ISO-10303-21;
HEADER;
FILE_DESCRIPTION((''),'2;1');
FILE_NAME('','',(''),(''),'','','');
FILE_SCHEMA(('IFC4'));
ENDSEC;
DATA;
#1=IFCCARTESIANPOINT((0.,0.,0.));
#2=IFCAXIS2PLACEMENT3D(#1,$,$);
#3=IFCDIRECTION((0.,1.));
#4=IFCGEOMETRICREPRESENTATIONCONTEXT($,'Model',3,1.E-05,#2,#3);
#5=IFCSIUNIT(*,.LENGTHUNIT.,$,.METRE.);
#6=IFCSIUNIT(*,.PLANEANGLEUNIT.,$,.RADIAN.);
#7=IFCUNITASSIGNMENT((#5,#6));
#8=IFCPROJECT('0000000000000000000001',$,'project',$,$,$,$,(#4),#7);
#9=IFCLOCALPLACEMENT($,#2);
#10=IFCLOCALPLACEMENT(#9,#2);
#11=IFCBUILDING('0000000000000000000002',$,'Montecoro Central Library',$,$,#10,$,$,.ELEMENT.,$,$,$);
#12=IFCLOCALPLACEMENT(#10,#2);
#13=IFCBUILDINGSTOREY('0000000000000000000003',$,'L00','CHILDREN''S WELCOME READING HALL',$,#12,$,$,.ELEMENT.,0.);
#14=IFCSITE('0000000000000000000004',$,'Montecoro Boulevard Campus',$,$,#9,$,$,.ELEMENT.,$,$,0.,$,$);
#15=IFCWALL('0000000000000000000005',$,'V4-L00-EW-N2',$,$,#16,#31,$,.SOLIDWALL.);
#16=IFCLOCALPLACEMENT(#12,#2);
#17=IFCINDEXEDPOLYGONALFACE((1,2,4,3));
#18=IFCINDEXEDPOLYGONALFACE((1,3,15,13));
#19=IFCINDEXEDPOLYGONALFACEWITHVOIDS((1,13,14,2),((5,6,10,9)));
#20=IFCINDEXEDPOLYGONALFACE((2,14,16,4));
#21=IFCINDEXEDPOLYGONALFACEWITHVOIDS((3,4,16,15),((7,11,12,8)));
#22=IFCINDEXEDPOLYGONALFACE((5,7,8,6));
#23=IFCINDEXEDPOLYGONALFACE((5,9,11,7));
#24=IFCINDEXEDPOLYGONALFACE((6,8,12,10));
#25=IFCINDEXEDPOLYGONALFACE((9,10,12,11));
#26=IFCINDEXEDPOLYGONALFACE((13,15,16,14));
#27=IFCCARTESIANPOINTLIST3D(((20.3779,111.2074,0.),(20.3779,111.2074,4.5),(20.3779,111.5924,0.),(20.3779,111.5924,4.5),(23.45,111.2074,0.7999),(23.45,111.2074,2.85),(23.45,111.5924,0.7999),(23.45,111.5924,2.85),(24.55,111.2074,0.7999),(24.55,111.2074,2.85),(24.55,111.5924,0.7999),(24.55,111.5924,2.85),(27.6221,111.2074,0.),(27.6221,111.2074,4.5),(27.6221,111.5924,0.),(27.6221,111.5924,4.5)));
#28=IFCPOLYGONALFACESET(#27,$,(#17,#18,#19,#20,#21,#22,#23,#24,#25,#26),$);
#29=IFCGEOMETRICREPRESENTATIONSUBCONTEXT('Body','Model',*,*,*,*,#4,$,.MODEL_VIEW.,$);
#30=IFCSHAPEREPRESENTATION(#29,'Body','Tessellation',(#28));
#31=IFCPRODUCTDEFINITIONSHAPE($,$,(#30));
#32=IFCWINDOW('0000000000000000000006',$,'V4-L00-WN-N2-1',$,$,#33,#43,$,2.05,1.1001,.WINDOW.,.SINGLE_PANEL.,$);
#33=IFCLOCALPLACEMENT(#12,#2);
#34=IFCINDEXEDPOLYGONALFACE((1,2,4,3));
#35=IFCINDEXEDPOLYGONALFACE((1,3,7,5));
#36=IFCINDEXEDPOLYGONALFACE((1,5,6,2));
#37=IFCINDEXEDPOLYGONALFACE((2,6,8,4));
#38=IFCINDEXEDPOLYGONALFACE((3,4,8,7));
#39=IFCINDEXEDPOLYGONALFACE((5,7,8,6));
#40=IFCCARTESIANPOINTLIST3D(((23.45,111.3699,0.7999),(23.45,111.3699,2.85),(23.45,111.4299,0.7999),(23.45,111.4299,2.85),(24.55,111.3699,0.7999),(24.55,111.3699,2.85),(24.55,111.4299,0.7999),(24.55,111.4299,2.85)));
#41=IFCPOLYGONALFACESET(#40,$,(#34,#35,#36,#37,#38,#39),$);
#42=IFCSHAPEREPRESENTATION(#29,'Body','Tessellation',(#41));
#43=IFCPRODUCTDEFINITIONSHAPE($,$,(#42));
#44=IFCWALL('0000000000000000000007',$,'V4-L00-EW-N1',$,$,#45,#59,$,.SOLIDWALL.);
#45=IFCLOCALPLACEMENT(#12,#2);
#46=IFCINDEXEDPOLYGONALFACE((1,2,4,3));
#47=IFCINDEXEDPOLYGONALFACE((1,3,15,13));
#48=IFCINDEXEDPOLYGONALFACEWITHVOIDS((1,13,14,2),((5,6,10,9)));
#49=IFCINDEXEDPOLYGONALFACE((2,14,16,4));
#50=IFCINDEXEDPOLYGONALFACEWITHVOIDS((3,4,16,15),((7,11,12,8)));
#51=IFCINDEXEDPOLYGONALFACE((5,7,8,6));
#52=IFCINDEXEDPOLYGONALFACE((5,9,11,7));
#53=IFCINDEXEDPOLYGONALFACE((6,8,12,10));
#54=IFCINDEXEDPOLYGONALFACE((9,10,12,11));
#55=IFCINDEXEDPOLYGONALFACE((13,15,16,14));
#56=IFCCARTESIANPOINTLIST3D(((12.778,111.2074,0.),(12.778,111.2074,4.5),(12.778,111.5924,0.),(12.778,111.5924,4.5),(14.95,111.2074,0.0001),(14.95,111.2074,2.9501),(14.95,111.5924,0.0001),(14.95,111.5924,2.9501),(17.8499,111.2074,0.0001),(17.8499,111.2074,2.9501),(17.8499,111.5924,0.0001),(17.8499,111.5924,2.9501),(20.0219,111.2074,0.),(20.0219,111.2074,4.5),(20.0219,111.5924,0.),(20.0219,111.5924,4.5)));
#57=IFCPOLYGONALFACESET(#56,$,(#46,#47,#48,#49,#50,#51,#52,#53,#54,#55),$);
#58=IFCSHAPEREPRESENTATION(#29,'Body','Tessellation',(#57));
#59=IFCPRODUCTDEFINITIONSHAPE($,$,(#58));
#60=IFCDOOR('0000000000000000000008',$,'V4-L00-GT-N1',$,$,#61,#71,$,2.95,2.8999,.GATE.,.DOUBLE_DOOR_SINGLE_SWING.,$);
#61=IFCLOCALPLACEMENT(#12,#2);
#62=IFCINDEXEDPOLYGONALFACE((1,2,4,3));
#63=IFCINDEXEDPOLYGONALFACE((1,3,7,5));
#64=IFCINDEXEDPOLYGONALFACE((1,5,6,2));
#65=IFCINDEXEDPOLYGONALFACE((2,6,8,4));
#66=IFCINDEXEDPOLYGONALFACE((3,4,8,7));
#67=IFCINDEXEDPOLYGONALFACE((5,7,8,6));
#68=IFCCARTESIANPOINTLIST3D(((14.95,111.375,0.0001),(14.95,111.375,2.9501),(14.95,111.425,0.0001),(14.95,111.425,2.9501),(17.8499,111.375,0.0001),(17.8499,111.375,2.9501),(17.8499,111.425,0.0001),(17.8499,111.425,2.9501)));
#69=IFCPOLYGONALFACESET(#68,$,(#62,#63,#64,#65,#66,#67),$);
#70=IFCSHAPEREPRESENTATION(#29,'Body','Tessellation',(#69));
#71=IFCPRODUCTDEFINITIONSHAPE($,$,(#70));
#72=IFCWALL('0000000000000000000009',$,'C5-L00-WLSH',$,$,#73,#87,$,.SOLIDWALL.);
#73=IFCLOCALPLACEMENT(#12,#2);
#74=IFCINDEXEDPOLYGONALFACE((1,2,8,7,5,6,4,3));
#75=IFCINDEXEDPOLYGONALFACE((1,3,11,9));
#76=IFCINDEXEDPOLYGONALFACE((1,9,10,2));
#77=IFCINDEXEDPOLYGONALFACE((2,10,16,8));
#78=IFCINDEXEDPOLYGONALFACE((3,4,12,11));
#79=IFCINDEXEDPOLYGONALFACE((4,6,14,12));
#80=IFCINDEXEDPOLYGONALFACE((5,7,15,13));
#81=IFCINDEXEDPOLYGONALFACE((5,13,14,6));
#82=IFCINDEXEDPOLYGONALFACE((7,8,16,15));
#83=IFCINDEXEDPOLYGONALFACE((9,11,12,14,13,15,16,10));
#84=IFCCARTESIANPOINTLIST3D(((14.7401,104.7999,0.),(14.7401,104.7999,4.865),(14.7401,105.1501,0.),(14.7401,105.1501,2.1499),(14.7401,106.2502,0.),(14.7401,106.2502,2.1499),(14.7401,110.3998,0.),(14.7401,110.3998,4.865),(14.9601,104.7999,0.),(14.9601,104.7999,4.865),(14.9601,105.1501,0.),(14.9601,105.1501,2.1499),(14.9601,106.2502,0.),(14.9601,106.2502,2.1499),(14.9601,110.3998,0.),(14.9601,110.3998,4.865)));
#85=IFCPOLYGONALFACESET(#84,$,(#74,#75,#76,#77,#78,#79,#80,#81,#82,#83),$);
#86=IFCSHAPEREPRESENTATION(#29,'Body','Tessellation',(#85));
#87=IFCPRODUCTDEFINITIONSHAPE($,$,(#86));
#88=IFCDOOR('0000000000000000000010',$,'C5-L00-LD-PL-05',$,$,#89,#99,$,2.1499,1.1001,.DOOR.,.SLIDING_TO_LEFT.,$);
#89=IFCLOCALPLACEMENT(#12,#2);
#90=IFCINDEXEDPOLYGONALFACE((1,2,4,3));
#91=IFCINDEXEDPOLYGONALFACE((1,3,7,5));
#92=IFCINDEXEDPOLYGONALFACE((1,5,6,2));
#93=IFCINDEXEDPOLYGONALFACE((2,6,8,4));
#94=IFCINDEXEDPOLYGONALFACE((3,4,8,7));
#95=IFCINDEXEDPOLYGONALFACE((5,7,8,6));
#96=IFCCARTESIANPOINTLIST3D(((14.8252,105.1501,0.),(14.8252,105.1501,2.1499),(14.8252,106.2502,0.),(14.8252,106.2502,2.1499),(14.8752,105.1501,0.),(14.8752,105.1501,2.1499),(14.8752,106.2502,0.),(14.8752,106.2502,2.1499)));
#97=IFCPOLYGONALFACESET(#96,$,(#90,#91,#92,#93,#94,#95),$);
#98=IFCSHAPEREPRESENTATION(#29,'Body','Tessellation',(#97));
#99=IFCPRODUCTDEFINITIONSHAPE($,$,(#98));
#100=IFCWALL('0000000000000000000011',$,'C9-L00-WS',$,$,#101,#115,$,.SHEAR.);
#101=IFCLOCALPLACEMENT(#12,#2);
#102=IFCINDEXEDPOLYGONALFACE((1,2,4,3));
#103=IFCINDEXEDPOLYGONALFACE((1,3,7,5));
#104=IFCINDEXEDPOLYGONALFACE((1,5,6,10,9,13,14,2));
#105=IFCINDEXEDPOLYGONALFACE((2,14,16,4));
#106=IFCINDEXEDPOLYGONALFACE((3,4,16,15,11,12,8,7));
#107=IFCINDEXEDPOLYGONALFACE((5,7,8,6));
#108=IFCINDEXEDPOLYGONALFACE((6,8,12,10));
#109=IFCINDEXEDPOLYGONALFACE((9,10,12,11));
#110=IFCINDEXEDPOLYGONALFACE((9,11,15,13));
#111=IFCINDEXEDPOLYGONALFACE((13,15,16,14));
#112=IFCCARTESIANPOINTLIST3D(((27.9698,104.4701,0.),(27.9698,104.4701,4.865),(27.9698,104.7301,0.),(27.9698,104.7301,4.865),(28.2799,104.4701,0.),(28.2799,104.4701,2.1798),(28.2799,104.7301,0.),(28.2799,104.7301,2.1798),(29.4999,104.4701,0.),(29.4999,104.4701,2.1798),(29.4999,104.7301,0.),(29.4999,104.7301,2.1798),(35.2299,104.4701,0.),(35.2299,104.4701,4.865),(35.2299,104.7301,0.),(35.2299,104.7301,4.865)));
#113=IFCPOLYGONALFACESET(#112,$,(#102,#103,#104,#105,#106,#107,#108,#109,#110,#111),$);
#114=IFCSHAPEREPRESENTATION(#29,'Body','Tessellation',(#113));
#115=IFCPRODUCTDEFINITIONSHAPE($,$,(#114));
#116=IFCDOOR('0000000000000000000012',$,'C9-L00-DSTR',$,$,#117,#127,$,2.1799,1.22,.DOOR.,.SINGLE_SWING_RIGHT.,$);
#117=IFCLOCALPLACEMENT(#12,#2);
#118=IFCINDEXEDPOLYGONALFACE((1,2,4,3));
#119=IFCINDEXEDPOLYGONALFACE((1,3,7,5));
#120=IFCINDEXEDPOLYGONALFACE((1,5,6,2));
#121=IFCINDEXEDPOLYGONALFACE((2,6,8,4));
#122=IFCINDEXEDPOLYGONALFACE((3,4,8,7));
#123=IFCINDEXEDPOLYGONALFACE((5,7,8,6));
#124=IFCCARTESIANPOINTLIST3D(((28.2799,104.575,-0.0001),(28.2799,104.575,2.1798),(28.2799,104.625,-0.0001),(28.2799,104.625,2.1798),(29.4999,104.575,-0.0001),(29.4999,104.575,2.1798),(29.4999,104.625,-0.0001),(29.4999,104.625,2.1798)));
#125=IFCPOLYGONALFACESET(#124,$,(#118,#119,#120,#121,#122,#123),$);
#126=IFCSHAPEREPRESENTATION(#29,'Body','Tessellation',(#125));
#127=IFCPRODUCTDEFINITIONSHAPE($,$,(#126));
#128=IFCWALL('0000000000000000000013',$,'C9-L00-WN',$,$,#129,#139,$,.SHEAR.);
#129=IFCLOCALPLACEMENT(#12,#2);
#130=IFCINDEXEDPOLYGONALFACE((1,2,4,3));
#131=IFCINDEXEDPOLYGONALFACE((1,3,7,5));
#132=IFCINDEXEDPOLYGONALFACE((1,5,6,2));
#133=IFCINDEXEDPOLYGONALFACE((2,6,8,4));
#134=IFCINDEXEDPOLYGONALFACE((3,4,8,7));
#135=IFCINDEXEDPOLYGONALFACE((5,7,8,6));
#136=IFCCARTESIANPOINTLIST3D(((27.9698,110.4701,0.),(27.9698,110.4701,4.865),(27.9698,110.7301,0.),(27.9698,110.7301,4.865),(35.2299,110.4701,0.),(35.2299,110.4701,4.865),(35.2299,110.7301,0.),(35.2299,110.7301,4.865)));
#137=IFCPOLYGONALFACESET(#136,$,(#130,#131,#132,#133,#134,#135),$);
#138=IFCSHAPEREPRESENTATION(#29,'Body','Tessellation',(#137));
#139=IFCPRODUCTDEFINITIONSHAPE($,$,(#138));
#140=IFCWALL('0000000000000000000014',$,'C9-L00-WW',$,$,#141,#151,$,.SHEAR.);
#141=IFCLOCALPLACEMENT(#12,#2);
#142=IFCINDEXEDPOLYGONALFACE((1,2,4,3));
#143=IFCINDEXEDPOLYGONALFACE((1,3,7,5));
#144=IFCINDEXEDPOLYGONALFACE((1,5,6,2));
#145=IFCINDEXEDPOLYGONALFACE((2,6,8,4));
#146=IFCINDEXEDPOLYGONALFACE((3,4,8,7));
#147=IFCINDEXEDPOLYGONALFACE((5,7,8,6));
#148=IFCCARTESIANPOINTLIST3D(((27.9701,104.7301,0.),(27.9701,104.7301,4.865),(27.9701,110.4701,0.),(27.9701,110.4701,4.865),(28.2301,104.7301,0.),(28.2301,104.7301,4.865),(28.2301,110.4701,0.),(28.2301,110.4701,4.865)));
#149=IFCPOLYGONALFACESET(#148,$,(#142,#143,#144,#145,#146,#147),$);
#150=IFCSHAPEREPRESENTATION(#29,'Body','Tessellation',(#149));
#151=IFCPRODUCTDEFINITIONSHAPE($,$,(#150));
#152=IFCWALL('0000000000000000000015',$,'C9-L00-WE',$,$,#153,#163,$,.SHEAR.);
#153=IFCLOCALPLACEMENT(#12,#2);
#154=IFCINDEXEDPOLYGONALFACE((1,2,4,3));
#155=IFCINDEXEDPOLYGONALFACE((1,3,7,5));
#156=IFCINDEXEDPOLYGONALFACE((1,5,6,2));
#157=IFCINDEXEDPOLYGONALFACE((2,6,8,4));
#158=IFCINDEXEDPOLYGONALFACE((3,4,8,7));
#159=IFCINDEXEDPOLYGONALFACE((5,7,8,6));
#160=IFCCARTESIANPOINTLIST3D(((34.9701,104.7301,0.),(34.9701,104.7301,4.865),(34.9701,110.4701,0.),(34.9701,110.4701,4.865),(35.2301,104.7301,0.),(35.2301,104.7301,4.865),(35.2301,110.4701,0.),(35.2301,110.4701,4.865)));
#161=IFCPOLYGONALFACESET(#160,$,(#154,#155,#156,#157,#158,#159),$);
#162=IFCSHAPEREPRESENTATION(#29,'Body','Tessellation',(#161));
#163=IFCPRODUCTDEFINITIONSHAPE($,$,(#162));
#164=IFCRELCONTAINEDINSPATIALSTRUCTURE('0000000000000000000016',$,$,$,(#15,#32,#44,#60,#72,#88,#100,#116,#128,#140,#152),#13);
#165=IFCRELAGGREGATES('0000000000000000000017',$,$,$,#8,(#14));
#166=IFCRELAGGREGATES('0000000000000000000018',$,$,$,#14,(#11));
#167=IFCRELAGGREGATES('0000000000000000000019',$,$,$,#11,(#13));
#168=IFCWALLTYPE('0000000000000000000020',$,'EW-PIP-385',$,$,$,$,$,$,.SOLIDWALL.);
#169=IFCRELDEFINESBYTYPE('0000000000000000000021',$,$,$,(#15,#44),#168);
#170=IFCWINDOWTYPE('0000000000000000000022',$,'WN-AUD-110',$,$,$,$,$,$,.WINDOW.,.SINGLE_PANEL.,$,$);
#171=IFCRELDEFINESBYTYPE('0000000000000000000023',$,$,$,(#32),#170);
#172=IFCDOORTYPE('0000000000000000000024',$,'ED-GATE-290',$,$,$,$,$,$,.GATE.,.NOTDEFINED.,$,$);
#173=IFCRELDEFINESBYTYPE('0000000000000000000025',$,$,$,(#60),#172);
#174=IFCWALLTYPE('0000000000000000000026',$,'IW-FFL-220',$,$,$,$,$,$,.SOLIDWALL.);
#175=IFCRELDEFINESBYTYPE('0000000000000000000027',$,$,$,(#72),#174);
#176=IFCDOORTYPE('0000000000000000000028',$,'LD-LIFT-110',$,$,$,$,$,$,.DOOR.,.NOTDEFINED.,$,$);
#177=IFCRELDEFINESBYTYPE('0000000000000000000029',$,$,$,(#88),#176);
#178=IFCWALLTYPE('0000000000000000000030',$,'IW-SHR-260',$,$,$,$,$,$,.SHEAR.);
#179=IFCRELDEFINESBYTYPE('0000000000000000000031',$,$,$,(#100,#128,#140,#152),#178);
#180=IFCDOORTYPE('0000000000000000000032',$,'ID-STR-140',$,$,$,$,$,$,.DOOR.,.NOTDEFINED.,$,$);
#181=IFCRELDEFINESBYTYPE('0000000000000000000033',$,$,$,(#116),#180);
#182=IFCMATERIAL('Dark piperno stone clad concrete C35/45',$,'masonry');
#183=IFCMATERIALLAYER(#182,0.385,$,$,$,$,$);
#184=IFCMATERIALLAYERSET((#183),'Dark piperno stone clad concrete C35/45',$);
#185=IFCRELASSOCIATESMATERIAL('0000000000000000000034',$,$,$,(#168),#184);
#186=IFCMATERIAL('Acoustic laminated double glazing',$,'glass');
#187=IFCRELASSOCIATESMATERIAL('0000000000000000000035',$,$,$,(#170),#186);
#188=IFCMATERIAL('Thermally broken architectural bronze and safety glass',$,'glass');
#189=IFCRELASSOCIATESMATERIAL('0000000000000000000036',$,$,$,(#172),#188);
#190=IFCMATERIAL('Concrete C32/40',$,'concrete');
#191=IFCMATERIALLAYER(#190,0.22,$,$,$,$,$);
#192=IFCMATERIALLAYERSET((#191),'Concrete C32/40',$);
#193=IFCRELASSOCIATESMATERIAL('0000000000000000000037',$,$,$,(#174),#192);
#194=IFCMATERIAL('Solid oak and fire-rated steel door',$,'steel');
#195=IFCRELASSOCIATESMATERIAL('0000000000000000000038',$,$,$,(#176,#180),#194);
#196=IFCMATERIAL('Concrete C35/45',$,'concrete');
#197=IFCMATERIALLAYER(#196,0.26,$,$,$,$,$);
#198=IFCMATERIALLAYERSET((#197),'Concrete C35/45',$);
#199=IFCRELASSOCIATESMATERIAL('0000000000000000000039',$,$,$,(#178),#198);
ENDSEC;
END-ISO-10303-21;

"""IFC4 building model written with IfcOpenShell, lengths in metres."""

from ifc_helpers import new_model, si_unit, direction, frame, frame_2d, origin, place, context, subcontext, project, spatial, rectangle, extrude, material, layer, layer_set, type_object, element, fill, save


model = new_model("IFC4")

# Units and contexts
model_context = context("Model", 3, precision=1e-05, world=origin(), true_north=direction((0.0, 1.0)))
body_context = subcontext(model_context, "Body", "Model", "MODEL_VIEW")
ifc_project = project(units=[si_unit("LENGTHUNIT", "METRE"), si_unit("PLANEANGLEUNIT", "RADIAN")], contexts=[model_context])

# Site, building, storey
site_placement = place(None, origin())
site = spatial("IfcSite", under=ifc_project, at=site_placement, Name="Montecoro Boulevard Campus", CompositionType="ELEMENT", RefElevation=0.0)
building_placement = place(site_placement, origin())
building = spatial("IfcBuilding", under=site, at=building_placement, Name="Montecoro Central Library", CompositionType="ELEMENT")
storey_placement = place(building_placement, origin())
storey = spatial("IfcBuildingStorey", under=building, at=storey_placement, Name="L00", Description="CHILDREN'S WELCOME READING HALL", CompositionType="ELEMENT", Elevation=0.0)

# Shared definitions
ifc_material_1 = material(Name="Concrete C35/45", Category="concrete")

# Wall, opening, window
ifc_material_2 = material(Name="Dark piperno stone clad concrete C35/45", Category="masonry")
ifc_layer_1 = layer(ifc_material_2, 0.385)
ifc_layer_set_1 = layer_set([ifc_layer_1], Name="Dark piperno stone clad concrete C35/45")
wall_type_1 = type_object("IfcWallType", Name="EW-PIP-385", PredefinedType="SOLIDWALL", material=ifc_layer_set_1)
wall_1_placement = place(storey_placement, frame((27.6221, 111.3999, 0.0), z_axis=(0.0, 0.0, 1.0), x_axis=(-1.0, 0.0, 0.0)))
wall_1 = element("IfcWall", 1, at=wall_1_placement, inside=storey, type_object=wall_type_1, Name="V4-L00-EW-N2", PredefinedType="SOLIDWALL", context=body_context, shape_type="SweptSolid", body=[
    extrude(rectangle(XDim=7.2441, YDim=0.385, at=frame_2d((3.6221, 0.0))), origin(), (0.0, 0.0, 1.0), 4.5),
])
opening_1_placement = place(wall_1_placement, frame((3.072, 0.0, 0.8)))
opening_1 = element("IfcOpeningElement", 2, at=opening_1_placement, cuts=wall_1, PredefinedType="OPENING", context=body_context, shape_type="SweptSolid", body=[
    extrude(rectangle(XDim=1.1001, YDim=2.05, at=frame_2d((0.55, 1.0249))), frame((0.0, 0.2024, 0.0), z_axis=(0.0, -1.0, 0.0), x_axis=(1.0, 0.0, 0.0)), (0.0, 0.0, 1.0), 0.405),
])
ifc_material_3 = material(Name="Acoustic laminated double glazing", Category="glass")
window_type = type_object("IfcWindowType", Name="WN-AUD-110", PartitioningType="SINGLE_PANEL", PredefinedType="WINDOW", material=ifc_material_3)
window_placement = place(opening_1_placement, origin())
window = element("IfcWindow", 3, at=window_placement, inside=storey, type_object=window_type, Name="V4-L00-WN-N2-1", OverallHeight=2.05, OverallWidth=1.1001, PartitioningType="SINGLE_PANEL", PredefinedType="WINDOW", context=body_context, shape_type="SweptSolid", body=[
    extrude(rectangle(XDim=1.1001, YDim=2.05, at=frame_2d((0.55, 1.0249))), frame((0.0, 0.03, 0.0), z_axis=(0.0, -1.0, 0.0), x_axis=(1.0, 0.0, 0.0)), (0.0, 0.0, 1.0), 0.0601),
])
fill(opening_1, window)

# Walls, openings, doors
wall_2_placement = place(storey_placement, frame((20.022, 111.3999, 0.0), z_axis=(0.0, 0.0, 1.0), x_axis=(-1.0, 0.0, 0.0)))
wall_2 = element("IfcWall", 4, at=wall_2_placement, inside=storey, type_object=wall_type_1, Name="V4-L00-EW-N1", PredefinedType="SOLIDWALL", context=body_context, shape_type="SweptSolid", body=[
    extrude(rectangle(XDim=7.2439, YDim=0.385, at=frame_2d((3.6221, 0.0))), origin(), (0.0, 0.0, 1.0), 4.5),
])
opening_2_placement = place(wall_2_placement, frame((2.1721, 0.0, 0.0)))
opening_2 = element("IfcOpeningElement", 5, at=opening_2_placement, cuts=wall_2, PredefinedType="OPENING", context=body_context, shape_type="SweptSolid", body=[
    extrude(rectangle(XDim=2.8999, YDim=2.95, at=frame_2d((1.45, 1.4751))), frame((0.0, 0.2024, 0.0), z_axis=(0.0, -1.0, 0.0), x_axis=(1.0, 0.0, 0.0)), (0.0, 0.0, 1.0), 0.405),
])
ifc_material_4 = material(Name="Thermally broken architectural bronze and safety glass", Category="glass")
door_type_1 = type_object("IfcDoorType", Name="ED-GATE-290", OperationType="NOTDEFINED", PredefinedType="GATE", material=ifc_material_4)
door_1_placement = place(opening_2_placement, origin())
door_1 = element("IfcDoor", 6, at=door_1_placement, inside=storey, type_object=door_type_1, Name="V4-L00-GT-N1", OperationType="DOUBLE_DOOR_SINGLE_SWING", OverallHeight=2.95, OverallWidth=2.8999, PredefinedType="GATE", context=body_context, shape_type="SweptSolid", body=[
    extrude(rectangle(XDim=2.8999, YDim=2.95, at=frame_2d((1.45, 1.4751))), frame((0.0, 0.0249, 0.0), z_axis=(0.0, -1.0, 0.0), x_axis=(1.0, 0.0, 0.0)), (0.0, 0.0, 1.0), 0.05),
])
fill(opening_2, door_1)
ifc_material_5 = material(Name="Concrete C32/40", Category="concrete")
ifc_layer_2 = layer(ifc_material_5, 0.22)
ifc_layer_set_2 = layer_set([ifc_layer_2], Name="Concrete C32/40")
wall_type_2 = type_object("IfcWallType", Name="IW-FFL-220", PredefinedType="SOLIDWALL", material=ifc_layer_set_2)
wall_3_placement = place(storey_placement, frame((14.8501, 104.8, 0.0), z_axis=(0.0, 0.0, 1.0), x_axis=(0.0, 1.0, 0.0)))
wall_3 = element("IfcWall", 7, at=wall_3_placement, inside=storey, type_object=wall_type_2, Name="C5-L00-WLSH", PredefinedType="SOLIDWALL", context=body_context, shape_type="SweptSolid", body=[
    extrude(rectangle(XDim=5.5999, YDim=0.22, at=frame_2d((2.7998, 0.0))), origin(), (0.0, 0.0, 1.0), 4.865),
])
opening_3_placement = place(wall_3_placement, frame((0.3501, 0.0, 0.0)))
opening_3 = element("IfcOpeningElement", 8, at=opening_3_placement, cuts=wall_3, PredefinedType="OPENING", context=body_context, shape_type="SweptSolid", body=[
    extrude(rectangle(XDim=1.1001, YDim=2.1499, at=frame_2d((0.55, 1.075))), frame((0.0, 0.1199, 0.0), z_axis=(0.0, -1.0, 0.0), x_axis=(1.0, 0.0, 0.0)), (0.0, 0.0, 1.0), 0.24),
])
ifc_material_6 = material(Name="Solid oak and fire-rated steel door", Category="steel")
door_type_2 = type_object("IfcDoorType", Name="LD-LIFT-110", OperationType="NOTDEFINED", PredefinedType="DOOR", material=ifc_material_6)
door_2_placement = place(opening_3_placement, origin())
door_2 = element("IfcDoor", 9, at=door_2_placement, inside=storey, type_object=door_type_2, Name="C5-L00-LD-PL-05", OperationType="SLIDING_TO_LEFT", OverallHeight=2.1499, OverallWidth=1.1001, PredefinedType="DOOR", context=body_context, shape_type="SweptSolid", body=[
    extrude(rectangle(XDim=1.1001, YDim=2.1499, at=frame_2d((0.55, 1.075))), frame((0.0, 0.0249, 0.0), z_axis=(0.0, -1.0, 0.0), x_axis=(1.0, 0.0, 0.0)), (0.0, 0.0, 1.0), 0.05),
])
fill(opening_3, door_2)
ifc_layer_3 = layer(ifc_material_1, 0.26)
ifc_layer_set_3 = layer_set([ifc_layer_3], Name="Concrete C35/45")
wall_type_3 = type_object("IfcWallType", Name="IW-SHR-260", PredefinedType="SHEAR", material=ifc_layer_set_3)
wall_4_placement = place(storey_placement, frame((27.97, 104.6001, 0.0), z_axis=(0.0, 0.0, 1.0), x_axis=(1.0, 0.0, 0.0)))
wall_4 = element("IfcWall", 10, at=wall_4_placement, inside=storey, type_object=wall_type_3, Name="C9-L00-WS", PredefinedType="SHEAR", context=body_context, shape_type="SweptSolid", body=[
    extrude(rectangle(XDim=7.26, YDim=0.26, at=frame_2d((3.6299, 0.0))), origin(), (0.0, 0.0, 1.0), 4.865),
])
opening_4_placement = place(wall_4_placement, frame((0.3101, 0.0, 0.0)))
opening_4 = element("IfcOpeningElement", 11, at=opening_4_placement, cuts=wall_4, PredefinedType="OPENING", context=body_context, shape_type="SweptSolid", body=[
    extrude(rectangle(XDim=1.22, YDim=2.1799, at=frame_2d((0.6099, 1.0898))), frame((0.0, 0.1399, 0.0), z_axis=(0.0, -1.0, 0.0), x_axis=(1.0, 0.0, 0.0)), (0.0, 0.0, 1.0), 0.28),
])
door_type_3 = type_object("IfcDoorType", Name="ID-STR-140", OperationType="NOTDEFINED", PredefinedType="DOOR", material=ifc_material_6)
door_3_placement = place(opening_4_placement, origin())
door_3 = element("IfcDoor", 12, at=door_3_placement, inside=storey, type_object=door_type_3, Name="C9-L00-DSTR", OperationType="SINGLE_SWING_RIGHT", OverallHeight=2.1799, OverallWidth=1.22, PredefinedType="DOOR", context=body_context, shape_type="SweptSolid", body=[
    extrude(rectangle(XDim=1.22, YDim=2.1799, at=frame_2d((0.6099, 1.0898))), frame((0.0, 0.0249, 0.0), z_axis=(0.0, -1.0, 0.0), x_axis=(1.0, 0.0, 0.0)), (0.0, 0.0, 1.0), 0.05),
])
fill(opening_4, door_3)

# Walls
wall_5_placement = place(storey_placement, frame((27.97, 110.6001, 0.0), z_axis=(0.0, 0.0, 1.0), x_axis=(1.0, 0.0, 0.0)))
element("IfcWall", 13, at=wall_5_placement, inside=storey, type_object=wall_type_3, Name="C9-L00-WN", PredefinedType="SHEAR", context=body_context, shape_type="SweptSolid", body=[
    extrude(rectangle(XDim=7.26, YDim=0.26, at=frame_2d((3.6299, 0.0))), origin(), (0.0, 0.0, 1.0), 4.865),
])
for number, where, z_axis, x_axis, name in (
    (14, (28.1001, 104.73, 0.0), (0.0, 0.0, 1.0), (0.0, 1.0, 0.0), "C9-L00-WW"),
    (15, (35.1001, 104.73, 0.0), (0.0, 0.0, 1.0), (0.0, 1.0, 0.0), "C9-L00-WE"),
):
    element("IfcWall", number, at=place(storey_placement, frame(where, z_axis=z_axis, x_axis=x_axis)), inside=storey, type_object=wall_type_3, Name=name, PredefinedType="SHEAR", context=body_context, shape_type="SweptSolid", body=[
        extrude(rectangle(XDim=5.74, YDim=0.26, at=frame_2d((2.8701, 0.0))), origin(), (0.0, 0.0, 1.0), 4.865),
    ])

save(model, "model.ifc")
